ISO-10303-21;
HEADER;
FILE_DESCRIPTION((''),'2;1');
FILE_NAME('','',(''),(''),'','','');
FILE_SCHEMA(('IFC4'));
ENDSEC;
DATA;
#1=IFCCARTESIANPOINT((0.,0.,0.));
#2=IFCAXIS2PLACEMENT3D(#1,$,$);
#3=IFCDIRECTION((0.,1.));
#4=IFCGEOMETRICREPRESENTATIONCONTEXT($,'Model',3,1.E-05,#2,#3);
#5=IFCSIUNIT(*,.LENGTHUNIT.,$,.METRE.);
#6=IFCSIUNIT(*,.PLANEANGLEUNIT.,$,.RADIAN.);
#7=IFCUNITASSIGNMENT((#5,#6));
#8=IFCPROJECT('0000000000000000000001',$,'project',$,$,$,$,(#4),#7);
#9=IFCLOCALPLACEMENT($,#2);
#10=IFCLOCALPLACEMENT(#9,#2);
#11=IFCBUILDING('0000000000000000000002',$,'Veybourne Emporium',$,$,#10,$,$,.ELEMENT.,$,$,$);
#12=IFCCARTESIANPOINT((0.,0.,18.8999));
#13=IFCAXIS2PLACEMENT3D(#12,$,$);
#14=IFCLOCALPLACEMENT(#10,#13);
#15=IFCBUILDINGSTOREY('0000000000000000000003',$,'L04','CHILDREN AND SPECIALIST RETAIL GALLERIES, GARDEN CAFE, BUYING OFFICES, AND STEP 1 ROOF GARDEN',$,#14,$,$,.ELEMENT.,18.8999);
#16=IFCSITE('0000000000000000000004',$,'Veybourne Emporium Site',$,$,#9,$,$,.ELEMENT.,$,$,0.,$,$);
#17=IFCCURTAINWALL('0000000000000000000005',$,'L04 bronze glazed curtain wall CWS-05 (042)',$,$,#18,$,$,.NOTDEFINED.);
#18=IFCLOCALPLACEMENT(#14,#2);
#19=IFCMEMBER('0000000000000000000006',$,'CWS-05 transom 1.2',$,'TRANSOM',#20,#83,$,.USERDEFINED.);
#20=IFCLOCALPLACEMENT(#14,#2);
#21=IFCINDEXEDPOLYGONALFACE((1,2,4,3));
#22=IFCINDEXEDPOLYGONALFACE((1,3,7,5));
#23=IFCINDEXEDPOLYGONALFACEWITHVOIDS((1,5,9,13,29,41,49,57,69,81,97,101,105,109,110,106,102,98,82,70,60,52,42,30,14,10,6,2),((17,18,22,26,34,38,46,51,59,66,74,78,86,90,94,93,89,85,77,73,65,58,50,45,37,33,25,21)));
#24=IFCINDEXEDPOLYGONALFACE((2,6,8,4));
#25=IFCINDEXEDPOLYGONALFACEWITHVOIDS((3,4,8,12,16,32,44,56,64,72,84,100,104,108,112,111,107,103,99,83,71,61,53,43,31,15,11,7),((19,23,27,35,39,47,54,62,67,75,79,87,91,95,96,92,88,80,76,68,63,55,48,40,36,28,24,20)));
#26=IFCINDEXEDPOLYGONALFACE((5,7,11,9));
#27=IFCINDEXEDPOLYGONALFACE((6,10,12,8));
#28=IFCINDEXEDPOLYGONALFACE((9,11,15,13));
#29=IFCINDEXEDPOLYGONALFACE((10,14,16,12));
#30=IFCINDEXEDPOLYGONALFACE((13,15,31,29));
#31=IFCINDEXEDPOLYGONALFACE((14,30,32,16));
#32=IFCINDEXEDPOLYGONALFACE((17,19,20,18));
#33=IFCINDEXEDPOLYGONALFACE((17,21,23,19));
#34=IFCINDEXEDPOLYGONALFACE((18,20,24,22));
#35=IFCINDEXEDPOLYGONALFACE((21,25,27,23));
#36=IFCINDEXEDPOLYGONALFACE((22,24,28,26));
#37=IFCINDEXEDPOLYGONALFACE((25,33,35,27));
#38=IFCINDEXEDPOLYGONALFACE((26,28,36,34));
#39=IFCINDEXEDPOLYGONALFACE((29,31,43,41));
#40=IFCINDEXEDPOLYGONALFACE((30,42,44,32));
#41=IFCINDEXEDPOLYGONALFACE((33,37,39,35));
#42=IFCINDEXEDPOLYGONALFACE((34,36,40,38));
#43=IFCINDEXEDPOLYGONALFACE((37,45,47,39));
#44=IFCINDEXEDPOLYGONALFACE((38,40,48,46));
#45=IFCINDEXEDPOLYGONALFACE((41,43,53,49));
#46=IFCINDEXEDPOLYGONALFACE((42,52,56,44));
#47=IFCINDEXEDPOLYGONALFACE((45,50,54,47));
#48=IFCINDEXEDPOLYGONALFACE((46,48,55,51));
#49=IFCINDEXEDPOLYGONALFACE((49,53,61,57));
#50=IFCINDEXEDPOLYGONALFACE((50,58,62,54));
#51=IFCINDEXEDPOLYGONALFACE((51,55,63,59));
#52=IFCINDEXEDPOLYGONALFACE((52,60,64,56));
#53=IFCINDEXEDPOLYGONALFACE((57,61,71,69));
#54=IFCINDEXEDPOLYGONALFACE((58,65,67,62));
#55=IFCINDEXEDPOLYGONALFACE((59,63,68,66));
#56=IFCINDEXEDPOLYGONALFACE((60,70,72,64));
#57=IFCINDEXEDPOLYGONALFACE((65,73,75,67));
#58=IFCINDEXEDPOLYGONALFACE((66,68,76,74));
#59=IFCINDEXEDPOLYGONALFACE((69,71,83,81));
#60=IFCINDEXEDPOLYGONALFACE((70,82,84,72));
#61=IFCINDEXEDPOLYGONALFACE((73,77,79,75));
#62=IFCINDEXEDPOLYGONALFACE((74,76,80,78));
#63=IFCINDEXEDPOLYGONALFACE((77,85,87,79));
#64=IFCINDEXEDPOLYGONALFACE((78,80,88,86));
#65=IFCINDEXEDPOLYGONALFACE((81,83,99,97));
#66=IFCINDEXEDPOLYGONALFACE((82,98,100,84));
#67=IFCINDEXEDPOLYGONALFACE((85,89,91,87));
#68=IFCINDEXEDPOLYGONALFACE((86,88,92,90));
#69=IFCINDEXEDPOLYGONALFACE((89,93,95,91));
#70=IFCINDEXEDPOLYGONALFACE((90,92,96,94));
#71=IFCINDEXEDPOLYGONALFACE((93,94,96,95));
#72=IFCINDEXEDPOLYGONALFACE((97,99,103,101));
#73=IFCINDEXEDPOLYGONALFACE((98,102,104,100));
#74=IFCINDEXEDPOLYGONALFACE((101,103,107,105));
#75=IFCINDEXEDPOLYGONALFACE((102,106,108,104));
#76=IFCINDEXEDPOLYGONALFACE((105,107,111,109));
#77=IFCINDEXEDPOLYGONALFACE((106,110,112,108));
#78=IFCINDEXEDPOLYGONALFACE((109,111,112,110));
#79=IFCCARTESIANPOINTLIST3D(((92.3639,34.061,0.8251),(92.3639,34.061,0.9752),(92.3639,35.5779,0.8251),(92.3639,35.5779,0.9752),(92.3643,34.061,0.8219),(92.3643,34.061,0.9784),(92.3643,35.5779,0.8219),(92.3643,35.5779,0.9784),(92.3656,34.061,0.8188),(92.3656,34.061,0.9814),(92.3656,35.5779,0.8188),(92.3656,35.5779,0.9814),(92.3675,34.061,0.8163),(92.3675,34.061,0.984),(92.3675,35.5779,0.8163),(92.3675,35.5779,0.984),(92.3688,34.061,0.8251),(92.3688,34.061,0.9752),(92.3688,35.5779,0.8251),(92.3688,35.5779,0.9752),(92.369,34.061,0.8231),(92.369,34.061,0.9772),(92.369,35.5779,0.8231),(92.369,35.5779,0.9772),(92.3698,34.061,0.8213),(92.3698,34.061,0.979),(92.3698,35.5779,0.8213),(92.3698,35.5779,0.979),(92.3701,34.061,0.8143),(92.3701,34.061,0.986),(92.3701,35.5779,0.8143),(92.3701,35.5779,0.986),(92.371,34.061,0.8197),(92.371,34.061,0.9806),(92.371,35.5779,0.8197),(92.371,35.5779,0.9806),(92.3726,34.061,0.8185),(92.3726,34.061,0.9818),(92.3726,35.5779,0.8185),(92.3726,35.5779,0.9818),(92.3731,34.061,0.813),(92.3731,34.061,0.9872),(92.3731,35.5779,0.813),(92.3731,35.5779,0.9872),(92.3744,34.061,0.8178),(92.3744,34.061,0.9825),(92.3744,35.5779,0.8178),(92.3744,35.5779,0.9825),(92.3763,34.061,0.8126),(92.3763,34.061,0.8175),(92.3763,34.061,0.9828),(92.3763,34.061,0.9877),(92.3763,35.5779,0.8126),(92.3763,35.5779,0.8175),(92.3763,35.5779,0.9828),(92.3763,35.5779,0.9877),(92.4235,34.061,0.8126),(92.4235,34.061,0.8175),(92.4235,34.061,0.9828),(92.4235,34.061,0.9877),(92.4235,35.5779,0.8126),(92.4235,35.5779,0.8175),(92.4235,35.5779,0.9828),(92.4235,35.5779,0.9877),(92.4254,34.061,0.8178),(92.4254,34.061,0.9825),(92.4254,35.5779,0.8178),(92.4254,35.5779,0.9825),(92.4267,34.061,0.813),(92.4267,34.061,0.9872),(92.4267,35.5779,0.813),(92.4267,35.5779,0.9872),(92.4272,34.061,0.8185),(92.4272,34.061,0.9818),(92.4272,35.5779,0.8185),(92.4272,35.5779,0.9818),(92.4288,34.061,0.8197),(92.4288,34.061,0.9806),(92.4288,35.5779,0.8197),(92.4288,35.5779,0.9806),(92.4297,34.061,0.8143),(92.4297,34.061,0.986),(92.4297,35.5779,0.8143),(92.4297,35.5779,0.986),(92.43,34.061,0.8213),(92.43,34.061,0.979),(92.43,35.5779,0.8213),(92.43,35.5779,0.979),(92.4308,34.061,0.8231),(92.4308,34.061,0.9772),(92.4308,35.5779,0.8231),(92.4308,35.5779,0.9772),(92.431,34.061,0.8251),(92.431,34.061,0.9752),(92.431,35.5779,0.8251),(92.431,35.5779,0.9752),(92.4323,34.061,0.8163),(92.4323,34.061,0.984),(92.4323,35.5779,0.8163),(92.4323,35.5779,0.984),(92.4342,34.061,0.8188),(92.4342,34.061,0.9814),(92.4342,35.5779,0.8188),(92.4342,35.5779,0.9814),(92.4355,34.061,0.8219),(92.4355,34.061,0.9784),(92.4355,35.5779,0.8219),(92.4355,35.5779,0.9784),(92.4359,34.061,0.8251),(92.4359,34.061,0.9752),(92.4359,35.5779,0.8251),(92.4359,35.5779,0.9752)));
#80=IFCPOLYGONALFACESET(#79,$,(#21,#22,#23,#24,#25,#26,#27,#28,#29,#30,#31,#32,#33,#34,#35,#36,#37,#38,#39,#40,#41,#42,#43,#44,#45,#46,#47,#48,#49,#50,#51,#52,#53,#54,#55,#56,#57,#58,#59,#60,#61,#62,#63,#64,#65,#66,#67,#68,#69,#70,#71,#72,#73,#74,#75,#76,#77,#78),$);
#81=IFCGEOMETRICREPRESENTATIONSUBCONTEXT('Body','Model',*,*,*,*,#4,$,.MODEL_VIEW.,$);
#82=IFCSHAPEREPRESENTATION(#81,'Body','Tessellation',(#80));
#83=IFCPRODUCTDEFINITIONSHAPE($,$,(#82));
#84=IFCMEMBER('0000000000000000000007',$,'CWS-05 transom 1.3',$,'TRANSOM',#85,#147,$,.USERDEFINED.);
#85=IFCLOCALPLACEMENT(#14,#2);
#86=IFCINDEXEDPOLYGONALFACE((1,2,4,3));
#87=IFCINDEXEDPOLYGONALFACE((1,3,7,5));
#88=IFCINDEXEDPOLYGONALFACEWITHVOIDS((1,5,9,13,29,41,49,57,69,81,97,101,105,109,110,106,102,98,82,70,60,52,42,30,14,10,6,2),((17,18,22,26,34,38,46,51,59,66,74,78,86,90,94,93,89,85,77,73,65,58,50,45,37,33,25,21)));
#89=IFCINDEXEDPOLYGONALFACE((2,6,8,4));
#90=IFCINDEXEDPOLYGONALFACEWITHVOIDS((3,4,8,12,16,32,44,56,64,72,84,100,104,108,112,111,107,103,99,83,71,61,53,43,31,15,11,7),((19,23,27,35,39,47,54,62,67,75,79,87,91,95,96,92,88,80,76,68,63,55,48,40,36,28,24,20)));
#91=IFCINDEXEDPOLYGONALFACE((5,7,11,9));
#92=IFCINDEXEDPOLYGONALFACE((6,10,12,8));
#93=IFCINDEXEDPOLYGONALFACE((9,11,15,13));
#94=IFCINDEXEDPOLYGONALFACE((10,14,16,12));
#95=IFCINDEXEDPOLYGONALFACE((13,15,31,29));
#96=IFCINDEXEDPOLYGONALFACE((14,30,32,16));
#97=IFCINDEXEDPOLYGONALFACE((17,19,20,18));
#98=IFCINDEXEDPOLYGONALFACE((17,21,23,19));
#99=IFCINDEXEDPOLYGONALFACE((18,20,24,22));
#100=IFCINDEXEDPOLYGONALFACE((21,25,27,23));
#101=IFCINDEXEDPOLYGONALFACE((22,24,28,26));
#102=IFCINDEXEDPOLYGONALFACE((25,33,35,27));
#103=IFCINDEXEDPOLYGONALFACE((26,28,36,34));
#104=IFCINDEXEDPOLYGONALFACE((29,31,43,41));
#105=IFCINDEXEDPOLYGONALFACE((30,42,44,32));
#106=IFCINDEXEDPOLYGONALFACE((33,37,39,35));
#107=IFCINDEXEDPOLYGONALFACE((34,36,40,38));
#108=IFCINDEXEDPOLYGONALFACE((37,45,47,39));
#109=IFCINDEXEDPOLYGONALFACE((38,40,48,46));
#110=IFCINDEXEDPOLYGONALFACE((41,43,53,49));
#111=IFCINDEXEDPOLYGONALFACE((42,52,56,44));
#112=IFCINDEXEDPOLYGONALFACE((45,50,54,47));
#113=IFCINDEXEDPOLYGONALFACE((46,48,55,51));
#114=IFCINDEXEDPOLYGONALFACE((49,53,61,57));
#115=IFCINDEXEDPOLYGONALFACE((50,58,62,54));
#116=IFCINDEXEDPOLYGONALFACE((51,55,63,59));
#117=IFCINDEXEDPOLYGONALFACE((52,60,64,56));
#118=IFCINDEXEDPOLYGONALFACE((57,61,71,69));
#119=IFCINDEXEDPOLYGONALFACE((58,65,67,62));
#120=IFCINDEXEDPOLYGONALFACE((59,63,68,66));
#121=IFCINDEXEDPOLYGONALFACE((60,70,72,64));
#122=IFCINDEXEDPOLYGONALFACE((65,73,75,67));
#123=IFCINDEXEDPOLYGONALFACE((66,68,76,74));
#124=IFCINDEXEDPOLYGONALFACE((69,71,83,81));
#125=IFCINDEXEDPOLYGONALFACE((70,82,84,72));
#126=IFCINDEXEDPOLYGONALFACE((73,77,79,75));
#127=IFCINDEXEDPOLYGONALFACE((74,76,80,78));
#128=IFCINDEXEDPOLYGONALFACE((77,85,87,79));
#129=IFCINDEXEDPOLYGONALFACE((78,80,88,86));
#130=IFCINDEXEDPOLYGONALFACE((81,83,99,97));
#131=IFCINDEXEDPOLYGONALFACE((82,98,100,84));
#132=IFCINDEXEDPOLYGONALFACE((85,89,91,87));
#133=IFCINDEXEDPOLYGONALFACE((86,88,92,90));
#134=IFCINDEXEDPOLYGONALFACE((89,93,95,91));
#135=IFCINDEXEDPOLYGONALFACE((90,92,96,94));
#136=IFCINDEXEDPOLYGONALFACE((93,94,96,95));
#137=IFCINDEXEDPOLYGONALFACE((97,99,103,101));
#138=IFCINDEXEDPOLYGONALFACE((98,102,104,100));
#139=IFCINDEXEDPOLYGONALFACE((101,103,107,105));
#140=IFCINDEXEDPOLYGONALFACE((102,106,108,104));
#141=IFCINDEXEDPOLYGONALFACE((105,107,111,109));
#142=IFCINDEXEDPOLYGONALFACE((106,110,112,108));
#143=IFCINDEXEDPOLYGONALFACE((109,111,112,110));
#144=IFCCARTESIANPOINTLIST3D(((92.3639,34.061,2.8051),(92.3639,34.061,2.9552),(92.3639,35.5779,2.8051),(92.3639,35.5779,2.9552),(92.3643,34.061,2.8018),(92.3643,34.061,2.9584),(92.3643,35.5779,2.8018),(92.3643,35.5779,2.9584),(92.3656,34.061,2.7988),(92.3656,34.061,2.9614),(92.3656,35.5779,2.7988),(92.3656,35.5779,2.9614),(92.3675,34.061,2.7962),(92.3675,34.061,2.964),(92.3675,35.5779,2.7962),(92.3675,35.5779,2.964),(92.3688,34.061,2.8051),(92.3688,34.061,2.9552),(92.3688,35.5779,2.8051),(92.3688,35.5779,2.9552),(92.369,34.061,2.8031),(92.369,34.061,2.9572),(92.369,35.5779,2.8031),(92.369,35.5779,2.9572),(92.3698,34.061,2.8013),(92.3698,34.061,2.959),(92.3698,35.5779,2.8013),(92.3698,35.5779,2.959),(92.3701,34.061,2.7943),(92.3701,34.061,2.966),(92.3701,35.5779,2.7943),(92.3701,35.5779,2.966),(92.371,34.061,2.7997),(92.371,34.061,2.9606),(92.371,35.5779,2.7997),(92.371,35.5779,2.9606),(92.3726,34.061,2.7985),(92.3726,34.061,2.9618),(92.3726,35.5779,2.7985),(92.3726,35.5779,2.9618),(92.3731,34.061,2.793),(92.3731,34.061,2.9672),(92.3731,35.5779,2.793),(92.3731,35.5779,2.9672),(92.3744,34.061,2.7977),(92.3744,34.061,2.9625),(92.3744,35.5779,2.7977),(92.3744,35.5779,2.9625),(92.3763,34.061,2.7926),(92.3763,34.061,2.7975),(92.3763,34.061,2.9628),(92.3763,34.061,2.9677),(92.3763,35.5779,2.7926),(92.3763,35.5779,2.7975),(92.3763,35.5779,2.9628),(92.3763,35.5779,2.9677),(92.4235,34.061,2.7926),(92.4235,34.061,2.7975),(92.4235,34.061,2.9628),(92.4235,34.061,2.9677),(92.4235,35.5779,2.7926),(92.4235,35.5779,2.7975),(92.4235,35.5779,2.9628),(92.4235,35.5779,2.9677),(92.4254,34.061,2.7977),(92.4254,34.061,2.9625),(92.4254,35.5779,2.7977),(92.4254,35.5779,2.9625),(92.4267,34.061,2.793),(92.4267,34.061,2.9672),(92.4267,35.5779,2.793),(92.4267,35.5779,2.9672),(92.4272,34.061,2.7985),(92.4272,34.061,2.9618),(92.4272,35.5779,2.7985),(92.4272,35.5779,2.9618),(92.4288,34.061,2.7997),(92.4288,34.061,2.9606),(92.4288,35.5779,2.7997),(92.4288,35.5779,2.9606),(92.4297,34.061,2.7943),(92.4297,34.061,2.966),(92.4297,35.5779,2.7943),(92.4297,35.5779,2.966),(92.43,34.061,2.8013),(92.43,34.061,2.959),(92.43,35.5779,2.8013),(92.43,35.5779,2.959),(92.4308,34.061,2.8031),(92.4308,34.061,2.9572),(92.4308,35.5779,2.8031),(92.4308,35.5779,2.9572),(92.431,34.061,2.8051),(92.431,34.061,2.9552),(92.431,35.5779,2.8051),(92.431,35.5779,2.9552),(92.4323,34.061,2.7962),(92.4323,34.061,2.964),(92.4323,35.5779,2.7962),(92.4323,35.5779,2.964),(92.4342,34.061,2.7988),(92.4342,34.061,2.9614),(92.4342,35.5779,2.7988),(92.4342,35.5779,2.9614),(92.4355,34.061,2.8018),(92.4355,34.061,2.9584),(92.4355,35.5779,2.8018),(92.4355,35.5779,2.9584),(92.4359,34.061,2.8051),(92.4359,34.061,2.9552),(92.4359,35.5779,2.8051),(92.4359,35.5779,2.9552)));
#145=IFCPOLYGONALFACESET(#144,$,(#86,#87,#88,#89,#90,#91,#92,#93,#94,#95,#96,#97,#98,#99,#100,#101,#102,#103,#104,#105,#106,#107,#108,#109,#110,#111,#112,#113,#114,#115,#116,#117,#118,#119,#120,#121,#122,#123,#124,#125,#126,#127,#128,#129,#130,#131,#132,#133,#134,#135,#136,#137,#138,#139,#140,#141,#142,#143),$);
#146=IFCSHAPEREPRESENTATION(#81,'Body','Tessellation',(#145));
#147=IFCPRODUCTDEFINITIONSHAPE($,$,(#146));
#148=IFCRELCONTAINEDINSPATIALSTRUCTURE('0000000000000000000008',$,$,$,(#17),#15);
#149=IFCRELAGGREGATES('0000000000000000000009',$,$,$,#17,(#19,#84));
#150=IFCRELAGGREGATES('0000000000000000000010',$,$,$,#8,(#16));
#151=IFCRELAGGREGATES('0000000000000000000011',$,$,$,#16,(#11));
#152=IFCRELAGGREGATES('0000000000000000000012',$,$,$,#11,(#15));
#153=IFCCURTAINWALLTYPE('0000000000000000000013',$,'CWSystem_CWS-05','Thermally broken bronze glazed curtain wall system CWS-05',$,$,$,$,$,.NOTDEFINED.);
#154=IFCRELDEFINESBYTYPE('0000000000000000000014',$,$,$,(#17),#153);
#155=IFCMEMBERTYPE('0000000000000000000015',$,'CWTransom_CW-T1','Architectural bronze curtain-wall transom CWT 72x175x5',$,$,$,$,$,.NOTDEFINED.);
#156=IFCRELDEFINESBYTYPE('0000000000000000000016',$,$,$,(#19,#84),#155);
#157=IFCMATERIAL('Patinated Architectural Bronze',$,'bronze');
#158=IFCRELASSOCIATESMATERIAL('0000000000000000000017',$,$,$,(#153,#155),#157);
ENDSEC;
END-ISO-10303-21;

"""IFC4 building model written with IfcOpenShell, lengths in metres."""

from ifc_helpers import new_model, si_unit, direction, frame, origin, origin_2d, place, context, subcontext, project, spatial, hollow_rectangle, extrude, material, material_profile, profile_set, type_object, element, aggregate, save


model = new_model("IFC4")

# Units and contexts
model_context = context("Model", 3, precision=1e-05, world=origin(), true_north=direction((0.0, 1.0)))
body_context = subcontext(model_context, "Body", "Model", "MODEL_VIEW")
ifc_project = project(units=[si_unit("LENGTHUNIT", "METRE"), si_unit("PLANEANGLEUNIT", "RADIAN")], contexts=[model_context])

# Site, building, storey
site_placement = place(None, origin())
site = spatial("IfcSite", under=ifc_project, at=site_placement, Name="Veybourne Emporium Site", CompositionType="ELEMENT", RefElevation=0.0)
building_placement = place(site_placement, origin())
building = spatial("IfcBuilding", under=site, at=building_placement, Name="Veybourne Emporium", CompositionType="ELEMENT")
storey_placement = place(building_placement, frame((0.0, 0.0, 18.8999)))
storey = spatial("IfcBuildingStorey", under=building, at=storey_placement, Name="L04", Description="CHILDREN AND SPECIALIST RETAIL GALLERIES, GARDEN CAFE, BUYING OFFICES, AND STEP 1 ROOF GARDEN", CompositionType="ELEMENT", Elevation=18.8999)

# Curtain wall
ifc_material_1 = material(Name="Patinated Architectural Bronze", Category="bronze")
curtain_wall_type_1 = type_object("IfcCurtainWallType", Name="CWSystem_CWS-05", Description="Thermally broken bronze glazed curtain wall system CWS-05", PredefinedType="NOTDEFINED", material=ifc_material_1)
curtain_wall_1_placement = place(storey_placement, origin())
curtain_wall_1 = element("IfcCurtainWall", 1, at=curtain_wall_1_placement, inside=storey, type_object=curtain_wall_type_1, Name="L04 bronze glazed curtain wall CWS-05 (042)", PredefinedType="NOTDEFINED")

# Members
ifc_material_profile_1 = material_profile(ifc_material_1, hollow_rectangle(XDim=0.072, YDim=0.175, WallThickness=0.0049, InnerFilletRadius=0.0076, OuterFilletRadius=0.0125, at=origin_2d()), Name="CWT 72x175x5")
ifc_profile_set_1 = profile_set([ifc_material_profile_1], Name="Patinated Architectural Bronze")
member_type_1 = type_object("IfcMemberType", Name="CWTransom_CW-T1", Description="Architectural bronze curtain-wall transom CWT 72x175x5", PredefinedType="NOTDEFINED", material=ifc_profile_set_1)
member_1_placement = place(storey_placement, frame((92.3999, 35.5779, 0.9001), z_axis=(0.0, -1.0, 0.0), x_axis=(1.0, 0.0, 0.0)))
member_1 = element("IfcMember", 2, at=member_1_placement, type_object=member_type_1, Name="CWS-05 transom 1.2", ObjectType="TRANSOM", PredefinedType="USERDEFINED", context=body_context, shape_type="SweptSolid", body=[
    extrude(hollow_rectangle(XDim=0.072, YDim=0.175, WallThickness=0.0049, InnerFilletRadius=0.0076, OuterFilletRadius=0.0125, at=origin_2d()), origin(), (0.0, 0.0, 1.0), 1.5168),
])
member_2_placement = place(storey_placement, frame((92.3999, 35.5779, 2.8801), z_axis=(0.0, -1.0, 0.0), x_axis=(1.0, 0.0, 0.0)))
member_2 = element("IfcMember", 3, at=member_2_placement, type_object=member_type_1, Name="CWS-05 transom 1.3", ObjectType="TRANSOM", PredefinedType="USERDEFINED", context=body_context, shape_type="SweptSolid", body=[
    extrude(hollow_rectangle(XDim=0.072, YDim=0.175, WallThickness=0.0049, InnerFilletRadius=0.0076, OuterFilletRadius=0.0125, at=origin_2d()), origin(), (0.0, 0.0, 1.0), 1.5168),
])

aggregate(curtain_wall_1, [member_1, member_2])

save(model, "model.ifc")
